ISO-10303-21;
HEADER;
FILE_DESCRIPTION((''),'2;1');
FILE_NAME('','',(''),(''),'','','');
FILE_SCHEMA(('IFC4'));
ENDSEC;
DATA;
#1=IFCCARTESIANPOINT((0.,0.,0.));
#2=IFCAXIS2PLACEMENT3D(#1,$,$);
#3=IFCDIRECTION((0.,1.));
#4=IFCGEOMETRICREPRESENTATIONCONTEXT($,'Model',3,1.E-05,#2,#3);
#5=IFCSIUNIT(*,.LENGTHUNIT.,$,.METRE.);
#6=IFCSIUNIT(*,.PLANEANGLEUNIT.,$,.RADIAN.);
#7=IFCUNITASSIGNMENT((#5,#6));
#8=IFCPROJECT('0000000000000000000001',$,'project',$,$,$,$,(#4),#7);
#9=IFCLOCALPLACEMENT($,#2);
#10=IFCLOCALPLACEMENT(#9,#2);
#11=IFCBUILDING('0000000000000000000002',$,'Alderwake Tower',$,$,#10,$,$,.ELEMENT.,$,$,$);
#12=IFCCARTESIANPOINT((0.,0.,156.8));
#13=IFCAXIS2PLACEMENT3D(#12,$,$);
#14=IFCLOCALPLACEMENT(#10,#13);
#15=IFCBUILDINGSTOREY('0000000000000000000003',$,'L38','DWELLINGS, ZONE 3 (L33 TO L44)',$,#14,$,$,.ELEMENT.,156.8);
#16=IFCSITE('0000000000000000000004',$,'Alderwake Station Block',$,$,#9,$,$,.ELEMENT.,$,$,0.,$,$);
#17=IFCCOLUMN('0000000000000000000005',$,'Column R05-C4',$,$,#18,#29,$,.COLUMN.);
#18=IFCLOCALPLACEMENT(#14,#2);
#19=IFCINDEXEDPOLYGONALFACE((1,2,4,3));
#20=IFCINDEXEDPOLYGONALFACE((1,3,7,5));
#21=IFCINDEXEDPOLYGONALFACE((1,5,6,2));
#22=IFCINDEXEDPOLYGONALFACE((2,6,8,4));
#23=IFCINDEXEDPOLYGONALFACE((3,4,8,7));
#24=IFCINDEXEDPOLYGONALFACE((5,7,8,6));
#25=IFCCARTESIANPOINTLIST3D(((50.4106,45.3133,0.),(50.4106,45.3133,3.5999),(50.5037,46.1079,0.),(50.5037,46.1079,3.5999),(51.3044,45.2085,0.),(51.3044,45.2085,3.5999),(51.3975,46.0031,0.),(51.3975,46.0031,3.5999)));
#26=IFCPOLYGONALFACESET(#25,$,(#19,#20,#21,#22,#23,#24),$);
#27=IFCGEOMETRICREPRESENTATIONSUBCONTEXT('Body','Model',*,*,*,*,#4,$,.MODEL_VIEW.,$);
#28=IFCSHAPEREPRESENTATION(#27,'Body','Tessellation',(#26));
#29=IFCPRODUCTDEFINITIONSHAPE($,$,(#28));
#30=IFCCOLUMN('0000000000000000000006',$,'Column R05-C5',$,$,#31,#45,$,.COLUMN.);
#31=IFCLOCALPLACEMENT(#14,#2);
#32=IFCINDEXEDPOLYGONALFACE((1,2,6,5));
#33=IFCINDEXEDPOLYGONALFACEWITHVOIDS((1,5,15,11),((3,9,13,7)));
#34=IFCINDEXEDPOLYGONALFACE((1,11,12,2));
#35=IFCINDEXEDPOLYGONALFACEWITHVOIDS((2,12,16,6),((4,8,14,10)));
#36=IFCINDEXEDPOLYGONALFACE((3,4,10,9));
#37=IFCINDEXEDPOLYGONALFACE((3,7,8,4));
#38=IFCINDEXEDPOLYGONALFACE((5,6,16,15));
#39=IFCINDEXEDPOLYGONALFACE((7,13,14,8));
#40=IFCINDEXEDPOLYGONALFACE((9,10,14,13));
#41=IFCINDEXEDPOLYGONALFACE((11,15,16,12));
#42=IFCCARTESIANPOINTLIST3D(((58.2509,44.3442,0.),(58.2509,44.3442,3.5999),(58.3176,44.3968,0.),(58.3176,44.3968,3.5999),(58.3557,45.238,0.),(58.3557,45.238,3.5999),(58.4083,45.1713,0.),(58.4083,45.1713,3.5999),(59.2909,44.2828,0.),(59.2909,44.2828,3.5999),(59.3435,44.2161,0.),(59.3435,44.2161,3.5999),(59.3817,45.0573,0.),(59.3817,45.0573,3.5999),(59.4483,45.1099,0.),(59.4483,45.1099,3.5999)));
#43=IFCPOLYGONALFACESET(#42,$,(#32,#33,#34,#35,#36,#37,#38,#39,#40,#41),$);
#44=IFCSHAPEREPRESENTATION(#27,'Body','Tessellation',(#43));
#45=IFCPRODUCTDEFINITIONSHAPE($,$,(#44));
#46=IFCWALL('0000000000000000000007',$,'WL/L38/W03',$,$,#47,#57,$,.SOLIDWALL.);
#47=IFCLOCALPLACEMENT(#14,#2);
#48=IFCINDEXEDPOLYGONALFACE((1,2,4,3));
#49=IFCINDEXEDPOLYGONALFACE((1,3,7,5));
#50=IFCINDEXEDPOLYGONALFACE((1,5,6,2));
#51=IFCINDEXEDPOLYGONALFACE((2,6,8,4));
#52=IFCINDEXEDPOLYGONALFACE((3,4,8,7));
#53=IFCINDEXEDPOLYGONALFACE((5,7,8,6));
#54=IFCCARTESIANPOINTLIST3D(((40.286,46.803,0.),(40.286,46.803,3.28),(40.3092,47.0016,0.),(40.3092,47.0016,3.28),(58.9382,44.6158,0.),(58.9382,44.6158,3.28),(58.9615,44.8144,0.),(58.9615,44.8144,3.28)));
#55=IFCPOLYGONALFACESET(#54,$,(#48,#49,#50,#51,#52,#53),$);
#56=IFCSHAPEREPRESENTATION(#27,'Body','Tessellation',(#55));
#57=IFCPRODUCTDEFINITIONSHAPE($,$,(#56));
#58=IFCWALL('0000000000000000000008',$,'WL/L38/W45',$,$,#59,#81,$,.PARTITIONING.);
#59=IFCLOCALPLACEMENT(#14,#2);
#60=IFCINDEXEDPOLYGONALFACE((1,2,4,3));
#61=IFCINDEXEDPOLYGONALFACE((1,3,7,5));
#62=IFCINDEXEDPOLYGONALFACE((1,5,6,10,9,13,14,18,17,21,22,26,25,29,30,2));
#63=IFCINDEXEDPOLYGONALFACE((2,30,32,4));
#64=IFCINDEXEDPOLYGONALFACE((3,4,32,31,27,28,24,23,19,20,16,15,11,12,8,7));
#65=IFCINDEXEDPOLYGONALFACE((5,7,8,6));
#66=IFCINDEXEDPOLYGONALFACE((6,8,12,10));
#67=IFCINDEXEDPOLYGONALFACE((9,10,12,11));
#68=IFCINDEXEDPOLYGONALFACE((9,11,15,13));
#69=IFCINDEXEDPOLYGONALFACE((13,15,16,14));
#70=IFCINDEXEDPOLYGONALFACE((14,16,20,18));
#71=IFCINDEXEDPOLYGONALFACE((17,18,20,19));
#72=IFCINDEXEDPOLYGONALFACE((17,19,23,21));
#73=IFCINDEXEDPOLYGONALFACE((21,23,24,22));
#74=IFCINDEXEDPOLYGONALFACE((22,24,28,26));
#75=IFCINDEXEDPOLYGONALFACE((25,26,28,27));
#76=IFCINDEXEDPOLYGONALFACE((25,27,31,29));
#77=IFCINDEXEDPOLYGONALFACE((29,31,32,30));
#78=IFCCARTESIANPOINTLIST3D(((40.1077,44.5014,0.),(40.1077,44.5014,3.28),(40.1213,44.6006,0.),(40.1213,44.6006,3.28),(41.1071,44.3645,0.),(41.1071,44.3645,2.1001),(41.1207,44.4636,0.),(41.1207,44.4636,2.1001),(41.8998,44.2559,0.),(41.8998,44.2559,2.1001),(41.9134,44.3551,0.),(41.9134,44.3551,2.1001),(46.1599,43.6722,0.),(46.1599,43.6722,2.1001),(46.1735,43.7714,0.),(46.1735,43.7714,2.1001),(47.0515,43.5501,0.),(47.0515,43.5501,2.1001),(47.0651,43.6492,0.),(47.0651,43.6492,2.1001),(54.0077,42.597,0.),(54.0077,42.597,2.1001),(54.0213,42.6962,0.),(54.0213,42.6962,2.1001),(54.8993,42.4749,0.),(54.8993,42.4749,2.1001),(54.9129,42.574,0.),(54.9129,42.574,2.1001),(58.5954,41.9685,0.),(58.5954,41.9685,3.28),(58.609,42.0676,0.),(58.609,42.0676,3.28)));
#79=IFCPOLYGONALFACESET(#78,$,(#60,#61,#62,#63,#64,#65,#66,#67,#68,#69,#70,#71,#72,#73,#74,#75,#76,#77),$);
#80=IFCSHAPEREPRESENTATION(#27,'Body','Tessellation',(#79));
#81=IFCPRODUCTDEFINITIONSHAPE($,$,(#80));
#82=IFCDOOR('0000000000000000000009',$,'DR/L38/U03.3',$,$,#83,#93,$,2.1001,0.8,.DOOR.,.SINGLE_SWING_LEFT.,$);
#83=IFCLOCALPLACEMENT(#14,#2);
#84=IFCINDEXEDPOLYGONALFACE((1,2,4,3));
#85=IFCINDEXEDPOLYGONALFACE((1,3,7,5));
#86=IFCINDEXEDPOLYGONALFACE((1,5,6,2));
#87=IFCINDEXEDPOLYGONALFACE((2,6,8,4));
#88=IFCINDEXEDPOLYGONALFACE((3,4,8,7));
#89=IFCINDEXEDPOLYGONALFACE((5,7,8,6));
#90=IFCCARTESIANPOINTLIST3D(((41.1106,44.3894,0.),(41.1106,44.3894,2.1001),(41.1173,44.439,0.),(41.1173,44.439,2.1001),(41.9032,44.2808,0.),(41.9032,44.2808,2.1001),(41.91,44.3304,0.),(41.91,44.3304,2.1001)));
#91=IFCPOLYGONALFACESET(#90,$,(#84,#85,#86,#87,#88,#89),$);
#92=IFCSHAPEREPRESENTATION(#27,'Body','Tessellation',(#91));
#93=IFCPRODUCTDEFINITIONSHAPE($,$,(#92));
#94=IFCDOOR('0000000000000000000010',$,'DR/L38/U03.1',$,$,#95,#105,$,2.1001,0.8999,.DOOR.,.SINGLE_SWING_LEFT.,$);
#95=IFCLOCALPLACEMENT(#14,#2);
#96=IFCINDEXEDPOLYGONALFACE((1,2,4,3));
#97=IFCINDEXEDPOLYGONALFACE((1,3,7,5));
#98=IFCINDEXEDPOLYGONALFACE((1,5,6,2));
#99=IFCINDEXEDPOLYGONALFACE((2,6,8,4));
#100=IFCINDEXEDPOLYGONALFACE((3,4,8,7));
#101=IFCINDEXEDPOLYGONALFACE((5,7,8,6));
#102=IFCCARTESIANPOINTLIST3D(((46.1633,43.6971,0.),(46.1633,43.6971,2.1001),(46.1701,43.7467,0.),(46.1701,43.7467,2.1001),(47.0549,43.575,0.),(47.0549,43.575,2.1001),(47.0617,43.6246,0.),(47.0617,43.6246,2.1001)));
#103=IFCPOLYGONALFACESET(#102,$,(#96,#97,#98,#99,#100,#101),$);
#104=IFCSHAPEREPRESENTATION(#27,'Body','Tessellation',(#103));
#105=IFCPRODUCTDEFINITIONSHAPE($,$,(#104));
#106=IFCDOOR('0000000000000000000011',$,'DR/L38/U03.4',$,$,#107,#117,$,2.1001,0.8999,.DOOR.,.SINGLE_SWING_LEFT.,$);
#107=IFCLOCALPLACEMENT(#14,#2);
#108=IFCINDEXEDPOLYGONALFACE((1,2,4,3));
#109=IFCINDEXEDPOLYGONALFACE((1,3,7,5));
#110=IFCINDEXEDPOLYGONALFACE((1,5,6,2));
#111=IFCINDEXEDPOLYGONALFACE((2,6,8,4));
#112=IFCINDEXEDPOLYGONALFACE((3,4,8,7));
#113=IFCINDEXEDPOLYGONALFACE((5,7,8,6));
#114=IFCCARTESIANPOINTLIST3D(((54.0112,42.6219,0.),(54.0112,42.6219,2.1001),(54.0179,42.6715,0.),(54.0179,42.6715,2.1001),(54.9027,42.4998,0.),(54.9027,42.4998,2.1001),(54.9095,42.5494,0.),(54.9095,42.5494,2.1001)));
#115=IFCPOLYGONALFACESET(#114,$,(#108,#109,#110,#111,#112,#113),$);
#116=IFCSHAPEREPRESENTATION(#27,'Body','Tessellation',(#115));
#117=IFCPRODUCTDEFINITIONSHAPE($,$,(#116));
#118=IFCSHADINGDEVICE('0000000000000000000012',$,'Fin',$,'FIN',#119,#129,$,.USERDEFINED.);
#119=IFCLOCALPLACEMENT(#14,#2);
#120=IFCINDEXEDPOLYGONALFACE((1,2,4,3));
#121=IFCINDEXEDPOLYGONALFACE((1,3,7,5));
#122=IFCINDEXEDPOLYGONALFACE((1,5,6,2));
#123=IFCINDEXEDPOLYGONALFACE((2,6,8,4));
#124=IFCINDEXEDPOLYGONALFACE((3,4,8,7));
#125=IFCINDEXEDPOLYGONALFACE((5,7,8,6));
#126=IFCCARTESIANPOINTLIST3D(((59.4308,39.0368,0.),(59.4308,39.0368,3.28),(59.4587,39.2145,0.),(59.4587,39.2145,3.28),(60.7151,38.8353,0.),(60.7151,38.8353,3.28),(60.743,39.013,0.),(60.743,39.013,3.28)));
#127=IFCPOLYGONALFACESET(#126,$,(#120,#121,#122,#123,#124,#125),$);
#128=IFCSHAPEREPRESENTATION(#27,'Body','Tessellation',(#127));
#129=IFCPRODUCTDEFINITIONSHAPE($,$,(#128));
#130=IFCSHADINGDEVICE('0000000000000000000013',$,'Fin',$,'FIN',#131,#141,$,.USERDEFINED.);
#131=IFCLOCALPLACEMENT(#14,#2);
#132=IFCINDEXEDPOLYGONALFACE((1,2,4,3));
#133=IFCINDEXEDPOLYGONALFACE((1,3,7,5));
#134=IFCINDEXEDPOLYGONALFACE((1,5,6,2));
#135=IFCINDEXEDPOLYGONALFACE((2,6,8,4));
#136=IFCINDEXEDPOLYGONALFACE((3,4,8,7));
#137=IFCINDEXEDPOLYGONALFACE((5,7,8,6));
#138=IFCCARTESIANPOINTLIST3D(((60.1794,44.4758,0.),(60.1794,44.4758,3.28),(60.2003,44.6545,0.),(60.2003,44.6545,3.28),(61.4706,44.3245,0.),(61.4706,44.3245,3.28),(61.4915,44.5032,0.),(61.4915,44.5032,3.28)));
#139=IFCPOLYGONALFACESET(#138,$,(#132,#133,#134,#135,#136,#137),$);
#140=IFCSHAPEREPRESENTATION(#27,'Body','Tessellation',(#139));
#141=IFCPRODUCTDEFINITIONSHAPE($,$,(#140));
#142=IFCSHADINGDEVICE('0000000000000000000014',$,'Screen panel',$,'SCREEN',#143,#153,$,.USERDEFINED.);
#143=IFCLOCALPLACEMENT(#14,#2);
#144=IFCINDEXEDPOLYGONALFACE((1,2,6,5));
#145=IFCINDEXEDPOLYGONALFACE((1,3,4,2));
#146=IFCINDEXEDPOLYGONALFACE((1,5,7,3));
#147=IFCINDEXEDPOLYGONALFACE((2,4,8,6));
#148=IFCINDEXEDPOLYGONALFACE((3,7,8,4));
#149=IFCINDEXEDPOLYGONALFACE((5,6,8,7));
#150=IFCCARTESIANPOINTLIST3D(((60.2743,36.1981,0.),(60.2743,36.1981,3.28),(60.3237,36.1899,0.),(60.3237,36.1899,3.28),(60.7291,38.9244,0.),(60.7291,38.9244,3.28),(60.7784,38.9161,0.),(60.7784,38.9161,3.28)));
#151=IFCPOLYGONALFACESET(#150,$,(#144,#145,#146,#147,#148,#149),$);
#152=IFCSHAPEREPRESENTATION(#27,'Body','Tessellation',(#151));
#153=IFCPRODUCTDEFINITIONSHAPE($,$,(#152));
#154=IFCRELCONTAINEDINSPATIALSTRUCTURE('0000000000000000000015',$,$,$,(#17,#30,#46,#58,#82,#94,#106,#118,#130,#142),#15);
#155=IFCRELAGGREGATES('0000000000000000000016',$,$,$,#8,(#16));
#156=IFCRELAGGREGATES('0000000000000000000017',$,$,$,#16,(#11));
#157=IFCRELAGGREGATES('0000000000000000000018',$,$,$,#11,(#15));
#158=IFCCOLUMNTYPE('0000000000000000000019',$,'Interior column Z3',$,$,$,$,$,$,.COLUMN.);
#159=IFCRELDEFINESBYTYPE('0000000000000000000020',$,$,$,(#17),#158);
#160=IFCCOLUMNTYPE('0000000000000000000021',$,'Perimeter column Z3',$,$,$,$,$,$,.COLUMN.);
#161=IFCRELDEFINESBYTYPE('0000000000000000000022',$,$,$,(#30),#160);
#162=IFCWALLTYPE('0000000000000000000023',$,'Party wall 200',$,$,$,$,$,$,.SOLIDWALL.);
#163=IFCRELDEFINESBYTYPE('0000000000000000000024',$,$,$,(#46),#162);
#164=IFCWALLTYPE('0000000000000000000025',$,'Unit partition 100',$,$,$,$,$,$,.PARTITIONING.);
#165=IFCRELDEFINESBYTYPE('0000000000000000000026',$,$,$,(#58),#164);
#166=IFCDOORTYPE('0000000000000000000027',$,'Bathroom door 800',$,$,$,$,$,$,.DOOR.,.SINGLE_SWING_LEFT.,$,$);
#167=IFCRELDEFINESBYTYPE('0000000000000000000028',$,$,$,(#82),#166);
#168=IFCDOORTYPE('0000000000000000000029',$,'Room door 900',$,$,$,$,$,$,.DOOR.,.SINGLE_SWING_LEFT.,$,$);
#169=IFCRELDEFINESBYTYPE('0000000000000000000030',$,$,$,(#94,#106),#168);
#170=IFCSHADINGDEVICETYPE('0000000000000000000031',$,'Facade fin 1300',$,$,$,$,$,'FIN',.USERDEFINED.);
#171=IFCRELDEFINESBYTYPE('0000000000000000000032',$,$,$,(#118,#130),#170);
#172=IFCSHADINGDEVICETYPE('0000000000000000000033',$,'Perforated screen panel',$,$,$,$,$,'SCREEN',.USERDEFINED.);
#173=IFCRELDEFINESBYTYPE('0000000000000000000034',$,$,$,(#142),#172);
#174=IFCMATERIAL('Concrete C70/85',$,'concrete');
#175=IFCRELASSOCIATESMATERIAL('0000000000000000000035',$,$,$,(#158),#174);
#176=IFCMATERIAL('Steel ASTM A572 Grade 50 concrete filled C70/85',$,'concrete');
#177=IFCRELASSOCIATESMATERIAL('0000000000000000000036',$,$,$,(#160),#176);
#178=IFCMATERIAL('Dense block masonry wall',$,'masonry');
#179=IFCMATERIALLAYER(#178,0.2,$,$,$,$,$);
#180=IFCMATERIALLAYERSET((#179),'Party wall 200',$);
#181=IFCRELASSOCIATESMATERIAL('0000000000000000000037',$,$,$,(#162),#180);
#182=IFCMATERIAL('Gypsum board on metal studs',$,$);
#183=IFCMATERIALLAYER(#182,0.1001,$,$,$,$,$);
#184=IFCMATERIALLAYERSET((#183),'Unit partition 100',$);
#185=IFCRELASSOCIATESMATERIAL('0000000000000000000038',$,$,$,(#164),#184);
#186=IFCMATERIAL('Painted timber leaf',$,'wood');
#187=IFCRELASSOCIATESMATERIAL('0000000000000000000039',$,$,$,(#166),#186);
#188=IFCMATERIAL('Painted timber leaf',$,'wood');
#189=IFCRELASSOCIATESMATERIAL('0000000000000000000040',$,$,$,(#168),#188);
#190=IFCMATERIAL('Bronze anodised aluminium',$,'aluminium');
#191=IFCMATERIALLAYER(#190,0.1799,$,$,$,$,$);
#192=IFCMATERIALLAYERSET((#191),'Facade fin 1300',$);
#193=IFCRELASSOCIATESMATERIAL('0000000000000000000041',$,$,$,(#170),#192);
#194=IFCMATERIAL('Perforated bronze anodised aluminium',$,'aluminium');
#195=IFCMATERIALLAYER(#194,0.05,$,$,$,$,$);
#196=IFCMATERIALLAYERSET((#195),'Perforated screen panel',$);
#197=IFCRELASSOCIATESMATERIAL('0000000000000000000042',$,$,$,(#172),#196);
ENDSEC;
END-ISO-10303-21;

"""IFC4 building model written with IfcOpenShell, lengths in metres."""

from ifc_helpers import new_model, si_unit, direction, frame, frame_2d, origin, origin_2d, place, context, subcontext, project, spatial, rectangle, hollow_rectangle, extrude, material, layer, layer_set, material_profile, profile_set, type_object, element, fill, save


model = new_model("IFC4")

# Units and contexts
model_context = context("Model", 3, precision=1e-05, world=origin(), true_north=direction((0.0, 1.0)))
body_context = subcontext(model_context, "Body", "Model", "MODEL_VIEW")
ifc_project = project(units=[si_unit("LENGTHUNIT", "METRE"), si_unit("PLANEANGLEUNIT", "RADIAN")], contexts=[model_context])

# Site, building, storey
site_placement = place(None, origin())
site = spatial("IfcSite", under=ifc_project, at=site_placement, Name="Alderwake Station Block", CompositionType="ELEMENT", RefElevation=0.0)
building_placement = place(site_placement, origin())
building = spatial("IfcBuilding", under=site, at=building_placement, Name="Alderwake Tower", CompositionType="ELEMENT")
storey_placement = place(building_placement, frame((0.0, 0.0, 156.8)))
storey = spatial("IfcBuildingStorey", under=building, at=storey_placement, Name="L38", Description="DWELLINGS, ZONE 3 (L33 TO L44)", CompositionType="ELEMENT", Elevation=156.8)

# Columns
ifc_material_1 = material(Name="Concrete C70/85", Category="concrete")
ifc_material_profile_1 = material_profile(ifc_material_1, rectangle(XDim=0.8, YDim=0.8999, at=origin_2d()), Name="RC 900X800")
ifc_profile_set_1 = profile_set([ifc_material_profile_1], Name="Concrete C70/85")
column_type_1 = type_object("IfcColumnType", Name="Interior column Z3", PredefinedType="COLUMN", material=ifc_profile_set_1)
column_1_placement = place(storey_placement, frame((50.9041, 45.6582, 0.0), z_axis=(0.0, 0.0, 1.0), x_axis=(0.116402, 0.993202, 0.0)))
element("IfcColumn", 1, at=column_1_placement, inside=storey, type_object=column_type_1, Name="Column R05-C4", PredefinedType="COLUMN", context=body_context, shape_type="SweptSolid", body=[
    extrude(rectangle(XDim=0.8, YDim=0.8999, at=origin_2d()), origin(), (0.0, 0.0, 1.0), 3.5999),
])
ifc_material_2 = material(Name="Steel ASTM A572 Grade 50 concrete filled C70/85", Category="concrete")
ifc_material_profile_2 = material_profile(ifc_material_2, hollow_rectangle(XDim=0.8999, YDim=1.1001, WallThickness=0.0601, at=origin_2d()), Name="BOX 1100X900X60")
ifc_profile_set_2 = profile_set([ifc_material_profile_2], Name="Steel ASTM A572 Grade 50 concrete filled C70/85")
column_type_2 = type_object("IfcColumnType", Name="Perimeter column Z3", PredefinedType="COLUMN", material=ifc_profile_set_2)
column_2_placement = place(storey_placement, frame((58.8496, 44.7271, 0.0), z_axis=(0.0, 0.0, 1.0), x_axis=(0.116402, 0.993202, 0.0)))
element("IfcColumn", 2, at=column_2_placement, inside=storey, type_object=column_type_2, Name="Column R05-C5", PredefinedType="COLUMN", context=body_context, shape_type="SweptSolid", body=[
    extrude(hollow_rectangle(XDim=0.8999, YDim=1.1001, WallThickness=0.0601, at=origin_2d()), origin(), (0.0, 0.0, 1.0), 3.5999),
])

# Wall
ifc_material_3 = material(Name="Dense block masonry wall", Category="masonry")
ifc_layer_1 = layer(ifc_material_3, 0.2)
ifc_layer_set_1 = layer_set([ifc_layer_1], Name="Party wall 200")
wall_type_1 = type_object("IfcWallType", Name="Party wall 200", PredefinedType="SOLIDWALL", material=ifc_layer_set_1)
wall_1_placement = place(storey_placement, frame((58.95, 44.7151, 0.0), z_axis=(0.0, 0.0, 1.0), x_axis=(-0.993195, 0.116466, 0.0)))
element("IfcWall", 3, at=wall_1_placement, inside=storey, type_object=wall_type_1, Name="WL/L38/W03", PredefinedType="SOLIDWALL", context=body_context, shape_type="SweptSolid", body=[
    extrude(rectangle(XDim=18.78, YDim=0.2, at=frame_2d((9.3901, 0.0))), origin(), (0.0, 0.0, 1.0), 3.28),
])

# Wall, openings, doors
ifc_material_4 = material(Name="Gypsum board on metal studs")
ifc_layer_2 = layer(ifc_material_4, 0.1001)
ifc_layer_set_2 = layer_set([ifc_layer_2], Name="Unit partition 100")
wall_type_2 = type_object("IfcWallType", Name="Unit partition 100", PredefinedType="PARTITIONING", material=ifc_layer_set_2)
wall_2_placement = place(storey_placement, frame((58.6021, 42.0181, 0.0), z_axis=(0.0, 0.0, 1.0), x_axis=(-0.990745, 0.135739, 0.0)))
wall_2 = element("IfcWall", 4, at=wall_2_placement, inside=storey, type_object=wall_type_2, Name="WL/L38/W45", PredefinedType="PARTITIONING", context=body_context, shape_type="SweptSolid", body=[
    extrude(rectangle(XDim=18.6604, YDim=0.1001, at=frame_2d((9.3301, 0.0))), origin(), (0.0, 0.0, 1.0), 3.28),
])
opening_1_placement = place(wall_2_placement, frame((11.6516, 0.0, 0.0)))
opening_1 = element("IfcOpeningElement", 5, at=opening_1_placement, cuts=wall_2, PredefinedType="OPENING", context=body_context, shape_type="SweptSolid", body=[
    extrude(rectangle(XDim=0.8999, YDim=2.1001, at=frame_2d((0.45, 1.05))), frame((0.0, 0.0601, 0.0), z_axis=(0.0, -1.0, 0.0), x_axis=(1.0, 0.0, 0.0)), (0.0, 0.0, 1.0), 0.1201),
])
opening_2_placement = place(wall_2_placement, frame((16.8516, 0.0, 0.0)))
opening_2 = element("IfcOpeningElement", 6, at=opening_2_placement, cuts=wall_2, PredefinedType="OPENING", context=body_context, shape_type="SweptSolid", body=[
    extrude(rectangle(XDim=0.8, YDim=2.1001, at=frame_2d((0.3999, 1.05))), frame((0.0, 0.0601, 0.0), z_axis=(0.0, -1.0, 0.0), x_axis=(1.0, 0.0, 0.0)), (0.0, 0.0, 1.0), 0.1201),
])
opening_3_placement = place(wall_2_placement, frame((3.7305, 0.0, 0.0)))
opening_3 = element("IfcOpeningElement", 7, at=opening_3_placement, cuts=wall_2, PredefinedType="OPENING", context=body_context, shape_type="SweptSolid", body=[
    extrude(rectangle(XDim=0.8999, YDim=2.1001, at=frame_2d((0.45, 1.05))), frame((0.0, 0.0601, 0.0), z_axis=(0.0, -1.0, 0.0), x_axis=(1.0, 0.0, 0.0)), (0.0, 0.0, 1.0), 0.1201),
])
ifc_material_5 = material(Name="Painted timber leaf", Category="wood")
door_type_1 = type_object("IfcDoorType", Name="Bathroom door 800", OperationType="SINGLE_SWING_LEFT", PredefinedType="DOOR", material=ifc_material_5)
door_1_placement = place(opening_2_placement, origin())
door_1 = element("IfcDoor", 8, at=door_1_placement, inside=storey, type_object=door_type_1, Name="DR/L38/U03.3", OperationType="SINGLE_SWING_LEFT", OverallHeight=2.1001, OverallWidth=0.8, PredefinedType="DOOR", context=body_context, shape_type="SweptSolid", body=[
    extrude(rectangle(XDim=0.8, YDim=2.1001, at=frame_2d((0.3999, 1.05))), frame((0.0, 0.0249, 0.0), z_axis=(0.0, -1.0, 0.0), x_axis=(1.0, 0.0, 0.0)), (0.0, 0.0, 1.0), 0.05),
])
fill(opening_2, door_1)
ifc_material_6 = material(Name="Painted timber leaf", Category="wood")
door_type_2 = type_object("IfcDoorType", Name="Room door 900", OperationType="SINGLE_SWING_LEFT", PredefinedType="DOOR", material=ifc_material_6)
door_2_placement = place(opening_1_placement, origin())
door_2 = element("IfcDoor", 9, at=door_2_placement, inside=storey, type_object=door_type_2, Name="DR/L38/U03.1", OperationType="SINGLE_SWING_LEFT", OverallHeight=2.1001, OverallWidth=0.8999, PredefinedType="DOOR", context=body_context, shape_type="SweptSolid", body=[
    extrude(rectangle(XDim=0.8999, YDim=2.1001, at=frame_2d((0.45, 1.05))), frame((0.0, 0.0249, 0.0), z_axis=(0.0, -1.0, 0.0), x_axis=(1.0, 0.0, 0.0)), (0.0, 0.0, 1.0), 0.05),
])
fill(opening_1, door_2)
door_3_placement = place(opening_3_placement, origin())
door_3 = element("IfcDoor", 10, at=door_3_placement, inside=storey, type_object=door_type_2, Name="DR/L38/U03.4", OperationType="SINGLE_SWING_LEFT", OverallHeight=2.1001, OverallWidth=0.8999, PredefinedType="DOOR", context=body_context, shape_type="SweptSolid", body=[
    extrude(rectangle(XDim=0.8999, YDim=2.1001, at=frame_2d((0.45, 1.05))), frame((0.0, 0.0249, 0.0), z_axis=(0.0, -1.0, 0.0), x_axis=(1.0, 0.0, 0.0)), (0.0, 0.0, 1.0), 0.05),
])
fill(opening_3, door_3)

# Shading devices
ifc_material_7 = material(Name="Bronze anodised aluminium", Category="aluminium")
ifc_layer_3 = layer(ifc_material_7, 0.1799)
ifc_layer_set_3 = layer_set([ifc_layer_3], Name="Facade fin 1300")
shading_device_type_1 = type_object("IfcShadingDeviceType", Name="Facade fin 1300", ElementType="FIN", PredefinedType="USERDEFINED", material=ifc_layer_set_3)
for number, where, z_axis, x_axis, name in (
    (11, (60.0869, 39.0249, 0.0), (0.0, 0.0, 1.0), (0.987919, -0.154972, 0.0), "Fin"),
    (12, (60.8354, 44.4895, 0.0), (0.0, 0.0, 1.0), (0.993198, -0.116435, 0.0), "Fin"),
):
    element("IfcShadingDevice", number, at=place(storey_placement, frame(where, z_axis=z_axis, x_axis=x_axis)), inside=storey, type_object=shading_device_type_1, Name=name, ObjectType="FIN", PredefinedType="USERDEFINED", context=body_context, shape_type="SweptSolid", body=[
        extrude(rectangle(XDim=1.3, YDim=0.1799, at=origin_2d()), origin(), (0.0, 0.0, 1.0), 3.28),
    ])
ifc_material_8 = material(Name="Perforated bronze anodised aluminium", Category="aluminium")
ifc_layer_4 = layer(ifc_material_8, 0.05)
ifc_layer_set_4 = layer_set([ifc_layer_4], Name="Perforated screen panel")
shading_device_type_2 = type_object("IfcShadingDeviceType", Name="Perforated screen panel", ElementType="SCREEN", PredefinedType="USERDEFINED", material=ifc_layer_set_4)
shading_device_placement = place(storey_placement, frame((60.5264, 37.5571, 0.0), z_axis=(0.0, 0.0, 1.0), x_axis=(0.986369, -0.164548, 0.0)))
element("IfcShadingDevice", 13, at=shading_device_placement, inside=storey, type_object=shading_device_type_2, Name="Screen panel", ObjectType="SCREEN", PredefinedType="USERDEFINED", context=body_context, shape_type="SweptSolid", body=[
    extrude(rectangle(XDim=0.05, YDim=2.7639, at=origin_2d()), origin(), (0.0, 0.0, 1.0), 3.28),
])

save(model, "model.ifc")
